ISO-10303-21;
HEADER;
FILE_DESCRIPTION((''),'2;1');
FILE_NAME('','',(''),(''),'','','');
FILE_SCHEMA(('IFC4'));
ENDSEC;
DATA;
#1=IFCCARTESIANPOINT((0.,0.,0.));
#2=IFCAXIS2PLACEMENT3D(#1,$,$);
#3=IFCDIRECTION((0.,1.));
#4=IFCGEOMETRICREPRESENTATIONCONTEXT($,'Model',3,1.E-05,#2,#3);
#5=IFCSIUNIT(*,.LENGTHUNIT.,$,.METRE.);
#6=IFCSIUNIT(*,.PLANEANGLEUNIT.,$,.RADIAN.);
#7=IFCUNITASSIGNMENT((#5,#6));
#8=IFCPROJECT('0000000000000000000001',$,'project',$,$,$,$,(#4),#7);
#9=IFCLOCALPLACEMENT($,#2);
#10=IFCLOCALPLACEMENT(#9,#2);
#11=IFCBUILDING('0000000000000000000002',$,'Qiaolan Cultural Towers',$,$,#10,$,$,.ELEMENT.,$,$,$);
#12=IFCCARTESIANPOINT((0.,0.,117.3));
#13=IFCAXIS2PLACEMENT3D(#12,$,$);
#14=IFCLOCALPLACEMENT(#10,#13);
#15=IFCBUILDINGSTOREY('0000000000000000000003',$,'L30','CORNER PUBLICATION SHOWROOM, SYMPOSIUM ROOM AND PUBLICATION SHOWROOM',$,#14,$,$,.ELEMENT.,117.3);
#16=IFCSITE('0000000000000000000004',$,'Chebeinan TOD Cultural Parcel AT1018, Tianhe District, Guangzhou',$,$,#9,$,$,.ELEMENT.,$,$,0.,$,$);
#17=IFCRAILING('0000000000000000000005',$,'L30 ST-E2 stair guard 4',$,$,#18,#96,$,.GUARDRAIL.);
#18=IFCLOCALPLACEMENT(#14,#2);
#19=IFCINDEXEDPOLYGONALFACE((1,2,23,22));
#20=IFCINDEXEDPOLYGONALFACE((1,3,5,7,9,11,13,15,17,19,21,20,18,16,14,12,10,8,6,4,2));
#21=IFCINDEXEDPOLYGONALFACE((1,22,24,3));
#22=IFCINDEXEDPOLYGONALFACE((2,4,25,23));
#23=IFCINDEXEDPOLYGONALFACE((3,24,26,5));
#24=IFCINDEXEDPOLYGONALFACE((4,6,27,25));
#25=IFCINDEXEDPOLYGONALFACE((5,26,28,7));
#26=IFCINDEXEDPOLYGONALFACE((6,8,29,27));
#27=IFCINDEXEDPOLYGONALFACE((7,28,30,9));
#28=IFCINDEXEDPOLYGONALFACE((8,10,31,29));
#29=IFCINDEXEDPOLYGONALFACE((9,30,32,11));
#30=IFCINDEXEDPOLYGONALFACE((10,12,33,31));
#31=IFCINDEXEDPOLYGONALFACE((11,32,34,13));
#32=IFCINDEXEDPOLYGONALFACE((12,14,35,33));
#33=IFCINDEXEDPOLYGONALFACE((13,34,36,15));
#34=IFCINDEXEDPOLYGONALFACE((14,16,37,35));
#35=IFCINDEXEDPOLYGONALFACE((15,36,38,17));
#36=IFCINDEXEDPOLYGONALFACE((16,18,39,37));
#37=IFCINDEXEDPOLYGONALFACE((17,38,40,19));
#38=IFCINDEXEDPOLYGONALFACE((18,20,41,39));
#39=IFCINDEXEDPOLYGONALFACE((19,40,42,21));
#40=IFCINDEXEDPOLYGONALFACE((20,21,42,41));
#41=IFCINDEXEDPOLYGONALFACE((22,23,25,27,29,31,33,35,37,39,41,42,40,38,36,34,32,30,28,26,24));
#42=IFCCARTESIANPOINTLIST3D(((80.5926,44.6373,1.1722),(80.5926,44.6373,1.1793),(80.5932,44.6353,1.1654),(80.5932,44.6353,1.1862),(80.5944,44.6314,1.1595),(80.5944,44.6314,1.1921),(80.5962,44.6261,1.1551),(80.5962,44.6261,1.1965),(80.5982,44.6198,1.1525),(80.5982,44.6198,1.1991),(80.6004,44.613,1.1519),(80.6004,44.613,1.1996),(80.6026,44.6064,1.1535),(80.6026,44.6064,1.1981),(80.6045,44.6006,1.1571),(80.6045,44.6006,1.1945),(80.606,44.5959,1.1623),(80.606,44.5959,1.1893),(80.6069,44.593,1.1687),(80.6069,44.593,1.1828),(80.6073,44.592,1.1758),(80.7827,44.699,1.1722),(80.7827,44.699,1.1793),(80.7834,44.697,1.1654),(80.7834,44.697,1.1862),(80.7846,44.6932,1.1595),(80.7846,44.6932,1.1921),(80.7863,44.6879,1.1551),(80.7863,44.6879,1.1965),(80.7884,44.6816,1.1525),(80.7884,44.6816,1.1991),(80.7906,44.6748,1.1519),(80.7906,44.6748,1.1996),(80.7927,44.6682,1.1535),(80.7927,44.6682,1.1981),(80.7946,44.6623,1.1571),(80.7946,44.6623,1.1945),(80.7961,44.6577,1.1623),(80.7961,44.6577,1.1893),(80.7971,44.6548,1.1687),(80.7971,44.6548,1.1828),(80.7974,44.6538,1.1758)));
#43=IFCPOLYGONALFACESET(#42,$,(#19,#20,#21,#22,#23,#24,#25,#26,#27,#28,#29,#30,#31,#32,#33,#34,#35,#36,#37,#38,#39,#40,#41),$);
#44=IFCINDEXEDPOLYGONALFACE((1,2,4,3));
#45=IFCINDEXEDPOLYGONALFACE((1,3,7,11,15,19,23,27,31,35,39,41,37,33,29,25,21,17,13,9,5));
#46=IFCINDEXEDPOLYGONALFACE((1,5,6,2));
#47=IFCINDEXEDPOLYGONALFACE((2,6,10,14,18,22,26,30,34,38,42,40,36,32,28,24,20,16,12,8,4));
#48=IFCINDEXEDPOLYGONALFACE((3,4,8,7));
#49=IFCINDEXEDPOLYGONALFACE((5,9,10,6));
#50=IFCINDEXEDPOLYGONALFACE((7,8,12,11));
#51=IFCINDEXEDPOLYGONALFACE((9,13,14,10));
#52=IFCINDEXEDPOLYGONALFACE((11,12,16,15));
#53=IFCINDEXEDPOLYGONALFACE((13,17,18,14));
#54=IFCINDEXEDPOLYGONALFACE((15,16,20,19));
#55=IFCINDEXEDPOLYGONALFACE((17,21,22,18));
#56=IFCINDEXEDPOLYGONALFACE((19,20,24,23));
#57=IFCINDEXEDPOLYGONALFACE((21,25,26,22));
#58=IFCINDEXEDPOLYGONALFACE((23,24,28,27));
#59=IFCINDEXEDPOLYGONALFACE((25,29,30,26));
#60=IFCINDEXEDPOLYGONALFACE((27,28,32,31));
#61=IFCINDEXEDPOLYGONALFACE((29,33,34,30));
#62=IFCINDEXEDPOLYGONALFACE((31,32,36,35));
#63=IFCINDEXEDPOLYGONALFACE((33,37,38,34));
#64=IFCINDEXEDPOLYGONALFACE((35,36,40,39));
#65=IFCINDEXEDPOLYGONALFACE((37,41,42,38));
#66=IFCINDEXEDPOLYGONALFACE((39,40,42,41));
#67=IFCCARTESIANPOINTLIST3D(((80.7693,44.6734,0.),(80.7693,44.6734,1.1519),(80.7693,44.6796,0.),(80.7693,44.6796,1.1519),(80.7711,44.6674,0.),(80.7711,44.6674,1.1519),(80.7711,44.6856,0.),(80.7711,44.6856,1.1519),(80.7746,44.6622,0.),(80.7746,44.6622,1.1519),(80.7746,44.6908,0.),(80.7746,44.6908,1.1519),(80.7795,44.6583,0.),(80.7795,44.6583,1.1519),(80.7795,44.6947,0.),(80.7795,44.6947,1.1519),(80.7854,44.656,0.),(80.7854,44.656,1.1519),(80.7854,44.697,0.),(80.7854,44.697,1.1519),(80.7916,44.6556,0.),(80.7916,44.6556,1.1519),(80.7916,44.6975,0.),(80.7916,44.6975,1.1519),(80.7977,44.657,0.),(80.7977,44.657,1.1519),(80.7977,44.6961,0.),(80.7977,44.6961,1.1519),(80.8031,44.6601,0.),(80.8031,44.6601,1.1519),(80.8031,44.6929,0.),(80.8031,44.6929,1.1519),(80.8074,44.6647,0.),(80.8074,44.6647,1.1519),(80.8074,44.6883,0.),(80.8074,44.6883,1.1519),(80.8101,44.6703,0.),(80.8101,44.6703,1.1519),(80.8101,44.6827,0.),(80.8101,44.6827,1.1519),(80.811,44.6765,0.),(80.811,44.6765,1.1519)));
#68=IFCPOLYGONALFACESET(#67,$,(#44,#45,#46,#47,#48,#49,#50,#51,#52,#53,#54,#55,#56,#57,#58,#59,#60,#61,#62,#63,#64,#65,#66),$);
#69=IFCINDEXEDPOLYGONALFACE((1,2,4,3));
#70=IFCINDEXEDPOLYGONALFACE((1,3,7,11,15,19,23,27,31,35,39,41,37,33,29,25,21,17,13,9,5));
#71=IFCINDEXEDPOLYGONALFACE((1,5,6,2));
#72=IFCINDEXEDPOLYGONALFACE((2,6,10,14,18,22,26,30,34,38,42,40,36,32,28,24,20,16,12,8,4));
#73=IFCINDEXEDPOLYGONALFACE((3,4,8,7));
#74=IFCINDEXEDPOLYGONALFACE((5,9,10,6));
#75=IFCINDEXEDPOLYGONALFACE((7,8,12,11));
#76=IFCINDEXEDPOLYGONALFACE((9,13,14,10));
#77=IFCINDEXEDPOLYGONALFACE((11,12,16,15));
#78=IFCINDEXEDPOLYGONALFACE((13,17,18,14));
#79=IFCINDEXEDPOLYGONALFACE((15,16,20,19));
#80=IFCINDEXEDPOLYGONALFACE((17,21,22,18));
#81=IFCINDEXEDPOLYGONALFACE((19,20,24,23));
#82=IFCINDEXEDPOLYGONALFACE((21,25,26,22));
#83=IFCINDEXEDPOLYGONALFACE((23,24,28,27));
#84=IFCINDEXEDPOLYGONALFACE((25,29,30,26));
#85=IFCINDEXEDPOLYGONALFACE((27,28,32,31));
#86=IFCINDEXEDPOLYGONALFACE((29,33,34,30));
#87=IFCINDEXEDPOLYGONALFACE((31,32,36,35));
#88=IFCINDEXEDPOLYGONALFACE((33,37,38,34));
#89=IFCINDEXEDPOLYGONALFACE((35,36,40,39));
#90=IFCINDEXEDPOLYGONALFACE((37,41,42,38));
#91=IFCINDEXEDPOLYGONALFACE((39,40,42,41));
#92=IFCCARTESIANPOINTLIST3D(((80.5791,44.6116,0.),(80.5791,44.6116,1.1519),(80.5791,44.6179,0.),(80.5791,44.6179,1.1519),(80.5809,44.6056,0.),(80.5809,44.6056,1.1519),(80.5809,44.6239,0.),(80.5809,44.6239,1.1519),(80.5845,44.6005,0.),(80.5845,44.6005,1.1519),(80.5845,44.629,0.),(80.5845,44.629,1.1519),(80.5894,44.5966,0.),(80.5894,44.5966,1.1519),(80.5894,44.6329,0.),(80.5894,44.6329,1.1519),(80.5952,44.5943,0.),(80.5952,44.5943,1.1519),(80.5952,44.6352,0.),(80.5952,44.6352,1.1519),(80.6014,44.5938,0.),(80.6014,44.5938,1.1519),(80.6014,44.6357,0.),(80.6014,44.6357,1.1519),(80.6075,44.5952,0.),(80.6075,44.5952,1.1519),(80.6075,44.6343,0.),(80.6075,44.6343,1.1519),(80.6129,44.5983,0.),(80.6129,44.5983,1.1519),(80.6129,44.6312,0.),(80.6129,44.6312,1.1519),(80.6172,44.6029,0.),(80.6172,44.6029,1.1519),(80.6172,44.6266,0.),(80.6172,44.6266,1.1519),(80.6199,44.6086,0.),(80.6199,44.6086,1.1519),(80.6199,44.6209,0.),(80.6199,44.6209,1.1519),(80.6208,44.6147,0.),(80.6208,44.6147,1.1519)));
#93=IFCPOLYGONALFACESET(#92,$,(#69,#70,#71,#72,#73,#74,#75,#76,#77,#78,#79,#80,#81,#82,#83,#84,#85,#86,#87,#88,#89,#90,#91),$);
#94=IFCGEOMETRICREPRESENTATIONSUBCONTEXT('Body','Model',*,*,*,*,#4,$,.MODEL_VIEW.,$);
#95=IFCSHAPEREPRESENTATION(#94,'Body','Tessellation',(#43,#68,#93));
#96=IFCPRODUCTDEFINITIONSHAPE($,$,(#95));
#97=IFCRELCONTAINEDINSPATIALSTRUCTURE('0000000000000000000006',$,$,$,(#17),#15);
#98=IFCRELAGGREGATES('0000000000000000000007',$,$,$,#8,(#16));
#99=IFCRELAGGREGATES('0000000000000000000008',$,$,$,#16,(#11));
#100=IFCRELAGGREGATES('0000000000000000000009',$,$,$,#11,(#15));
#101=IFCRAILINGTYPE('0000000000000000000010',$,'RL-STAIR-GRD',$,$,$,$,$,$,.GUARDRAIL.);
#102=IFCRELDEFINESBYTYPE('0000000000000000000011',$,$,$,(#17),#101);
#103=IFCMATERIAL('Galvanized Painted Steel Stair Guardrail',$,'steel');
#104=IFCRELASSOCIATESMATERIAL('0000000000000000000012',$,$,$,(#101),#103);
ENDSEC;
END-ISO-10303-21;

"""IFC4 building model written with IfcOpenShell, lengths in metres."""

from ifc_helpers import new_model, si_unit, direction, frame, origin, origin_2d, place, context, subcontext, project, spatial, circle, extrude, material, type_object, element, save


model = new_model("IFC4")

# Units and contexts
model_context = context("Model", 3, precision=1e-05, world=origin(), true_north=direction((0.0, 1.0)))
body_context = subcontext(model_context, "Body", "Model", "MODEL_VIEW")
ifc_project = project(units=[si_unit("LENGTHUNIT", "METRE"), si_unit("PLANEANGLEUNIT", "RADIAN")], contexts=[model_context])

# Site, building, storey
site_placement = place(None, origin())
site = spatial("IfcSite", under=ifc_project, at=site_placement, Name="Chebeinan TOD Cultural Parcel AT1018, Tianhe District, Guangzhou", CompositionType="ELEMENT", RefElevation=0.0)
building_placement = place(site_placement, origin())
building = spatial("IfcBuilding", under=site, at=building_placement, Name="Qiaolan Cultural Towers", CompositionType="ELEMENT")
storey_placement = place(building_placement, frame((0.0, 0.0, 117.3)))
storey = spatial("IfcBuildingStorey", under=building, at=storey_placement, Name="L30", Description="CORNER PUBLICATION SHOWROOM, SYMPOSIUM ROOM AND PUBLICATION SHOWROOM", CompositionType="ELEMENT", Elevation=117.3)

# Railing
ifc_material_1 = material(Name="Galvanized Painted Steel Stair Guardrail", Category="steel")
railing_type_1 = type_object("IfcRailingType", Name="RL-STAIR-GRD", PredefinedType="GUARDRAIL", material=ifc_material_1)
railing_1_placement = place(storey_placement, frame((80.79, 44.6765, 0.0)))
element("IfcRailing", 1, at=railing_1_placement, inside=storey, type_object=railing_type_1, Name="L30 ST-E2 stair guard 4", PredefinedType="GUARDRAIL", context=body_context, shape_type="SweptSolid", body=[
    extrude(circle(Radius=0.0239, at=origin_2d()), frame((0.0, 0.0, 1.1758), z_axis=(-0.951097, -0.308893, 0.0), x_axis=(0.308893, -0.951097, 0.0)), (0.0, 0.0, 1.0), 0.2),
    extrude(circle(Radius=0.021, at=origin_2d()), origin(), (0.0, 0.0, 1.0), 1.1519),
    extrude(circle(Radius=0.021, at=origin_2d()), frame((-0.1902, -0.0618, 0.0)), (0.0, 0.0, 1.0), 1.1519),
])

save(model, "model.ifc")
